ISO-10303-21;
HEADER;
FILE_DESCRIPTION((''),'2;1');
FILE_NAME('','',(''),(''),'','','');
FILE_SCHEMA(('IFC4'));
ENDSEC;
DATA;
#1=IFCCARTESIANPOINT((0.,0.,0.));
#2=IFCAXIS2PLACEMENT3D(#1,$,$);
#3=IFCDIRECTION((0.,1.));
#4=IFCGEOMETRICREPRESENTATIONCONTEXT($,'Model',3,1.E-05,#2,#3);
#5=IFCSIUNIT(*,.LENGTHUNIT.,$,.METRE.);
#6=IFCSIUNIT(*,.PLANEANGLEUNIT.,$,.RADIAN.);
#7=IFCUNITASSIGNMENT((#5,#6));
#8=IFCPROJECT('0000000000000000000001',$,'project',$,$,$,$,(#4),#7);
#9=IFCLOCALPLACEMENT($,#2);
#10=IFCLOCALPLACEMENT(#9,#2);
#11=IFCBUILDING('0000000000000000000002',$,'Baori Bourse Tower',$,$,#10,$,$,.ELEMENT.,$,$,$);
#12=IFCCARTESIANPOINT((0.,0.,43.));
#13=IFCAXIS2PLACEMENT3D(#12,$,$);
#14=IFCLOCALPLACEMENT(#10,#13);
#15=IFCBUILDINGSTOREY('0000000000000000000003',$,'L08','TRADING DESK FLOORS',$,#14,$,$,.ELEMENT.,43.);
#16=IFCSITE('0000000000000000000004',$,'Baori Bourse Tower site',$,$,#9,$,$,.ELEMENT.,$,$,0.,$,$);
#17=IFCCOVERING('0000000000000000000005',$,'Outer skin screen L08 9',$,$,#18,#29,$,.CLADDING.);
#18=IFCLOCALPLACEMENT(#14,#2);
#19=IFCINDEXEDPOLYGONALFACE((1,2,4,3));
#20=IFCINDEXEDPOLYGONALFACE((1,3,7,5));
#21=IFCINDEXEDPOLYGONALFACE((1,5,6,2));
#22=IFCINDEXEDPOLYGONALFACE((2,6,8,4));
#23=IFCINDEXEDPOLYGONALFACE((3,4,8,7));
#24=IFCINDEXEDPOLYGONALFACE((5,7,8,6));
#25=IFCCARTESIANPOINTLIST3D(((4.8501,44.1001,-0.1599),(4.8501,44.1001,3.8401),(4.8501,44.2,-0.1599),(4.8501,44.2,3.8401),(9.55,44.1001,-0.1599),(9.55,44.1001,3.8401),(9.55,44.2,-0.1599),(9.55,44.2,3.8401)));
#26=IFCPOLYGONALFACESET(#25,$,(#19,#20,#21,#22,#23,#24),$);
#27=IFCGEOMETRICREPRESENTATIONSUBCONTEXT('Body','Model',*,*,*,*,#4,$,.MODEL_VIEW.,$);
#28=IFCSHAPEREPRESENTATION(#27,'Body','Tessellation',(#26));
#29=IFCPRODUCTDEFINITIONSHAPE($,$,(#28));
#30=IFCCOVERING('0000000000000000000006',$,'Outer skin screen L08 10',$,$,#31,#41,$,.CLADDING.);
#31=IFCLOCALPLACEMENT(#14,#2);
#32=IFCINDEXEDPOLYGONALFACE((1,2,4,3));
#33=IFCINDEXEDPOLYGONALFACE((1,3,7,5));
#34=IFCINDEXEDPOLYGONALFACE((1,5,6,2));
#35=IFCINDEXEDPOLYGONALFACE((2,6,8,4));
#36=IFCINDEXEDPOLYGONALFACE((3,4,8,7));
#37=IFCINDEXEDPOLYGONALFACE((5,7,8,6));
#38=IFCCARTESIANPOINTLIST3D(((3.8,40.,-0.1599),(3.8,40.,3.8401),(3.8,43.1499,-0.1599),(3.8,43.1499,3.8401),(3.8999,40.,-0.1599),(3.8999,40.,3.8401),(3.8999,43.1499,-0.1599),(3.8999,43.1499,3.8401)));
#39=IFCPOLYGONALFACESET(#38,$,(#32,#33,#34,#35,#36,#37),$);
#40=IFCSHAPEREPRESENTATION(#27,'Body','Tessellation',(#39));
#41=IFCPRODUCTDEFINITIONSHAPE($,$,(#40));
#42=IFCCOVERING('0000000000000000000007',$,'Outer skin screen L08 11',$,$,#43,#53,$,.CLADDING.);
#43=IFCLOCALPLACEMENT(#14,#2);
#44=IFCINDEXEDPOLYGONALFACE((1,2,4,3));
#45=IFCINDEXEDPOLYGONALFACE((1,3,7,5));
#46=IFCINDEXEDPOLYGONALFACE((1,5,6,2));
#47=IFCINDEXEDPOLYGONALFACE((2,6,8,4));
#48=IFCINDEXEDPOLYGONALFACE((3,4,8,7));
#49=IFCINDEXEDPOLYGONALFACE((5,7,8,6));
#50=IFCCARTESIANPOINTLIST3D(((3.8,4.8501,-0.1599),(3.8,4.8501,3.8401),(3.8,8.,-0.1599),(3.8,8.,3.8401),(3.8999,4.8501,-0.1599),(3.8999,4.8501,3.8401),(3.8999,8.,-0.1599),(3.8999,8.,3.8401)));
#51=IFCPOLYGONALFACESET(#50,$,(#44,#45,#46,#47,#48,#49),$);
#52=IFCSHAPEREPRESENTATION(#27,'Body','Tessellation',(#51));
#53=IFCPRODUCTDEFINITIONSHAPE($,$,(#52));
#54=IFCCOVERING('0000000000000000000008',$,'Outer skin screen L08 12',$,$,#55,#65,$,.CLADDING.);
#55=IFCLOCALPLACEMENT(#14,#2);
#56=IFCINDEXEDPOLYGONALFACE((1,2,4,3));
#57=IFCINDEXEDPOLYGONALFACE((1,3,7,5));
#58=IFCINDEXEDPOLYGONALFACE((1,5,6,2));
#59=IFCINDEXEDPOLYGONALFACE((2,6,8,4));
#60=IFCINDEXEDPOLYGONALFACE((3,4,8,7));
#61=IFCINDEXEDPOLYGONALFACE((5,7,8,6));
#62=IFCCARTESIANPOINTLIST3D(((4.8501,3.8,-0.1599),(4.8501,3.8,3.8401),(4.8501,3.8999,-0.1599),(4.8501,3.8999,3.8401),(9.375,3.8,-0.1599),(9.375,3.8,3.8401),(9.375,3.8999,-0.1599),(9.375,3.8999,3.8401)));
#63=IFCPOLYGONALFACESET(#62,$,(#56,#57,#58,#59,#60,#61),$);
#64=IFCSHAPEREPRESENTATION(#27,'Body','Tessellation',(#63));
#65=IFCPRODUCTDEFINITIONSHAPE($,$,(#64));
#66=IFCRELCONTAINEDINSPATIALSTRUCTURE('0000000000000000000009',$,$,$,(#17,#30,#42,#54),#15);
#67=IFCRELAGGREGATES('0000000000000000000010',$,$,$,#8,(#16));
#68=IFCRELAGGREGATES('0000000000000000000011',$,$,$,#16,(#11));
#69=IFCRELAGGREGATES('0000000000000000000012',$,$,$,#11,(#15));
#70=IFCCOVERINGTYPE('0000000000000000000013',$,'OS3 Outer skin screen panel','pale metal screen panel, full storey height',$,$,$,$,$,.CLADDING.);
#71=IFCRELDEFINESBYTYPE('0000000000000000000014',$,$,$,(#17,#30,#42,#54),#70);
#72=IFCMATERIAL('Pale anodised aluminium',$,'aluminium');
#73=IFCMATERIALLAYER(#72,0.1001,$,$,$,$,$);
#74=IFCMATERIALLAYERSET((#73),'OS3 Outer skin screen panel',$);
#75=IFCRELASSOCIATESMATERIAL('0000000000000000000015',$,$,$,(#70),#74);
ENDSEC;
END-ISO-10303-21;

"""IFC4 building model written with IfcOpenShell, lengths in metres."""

from ifc_helpers import new_model, si_unit, direction, frame, origin, place, context, subcontext, project, spatial, polyline, outline, extrude, material, layer, layer_set, type_object, element, save


model = new_model("IFC4")

# Units and contexts
model_context = context("Model", 3, precision=1e-05, world=origin(), true_north=direction((0.0, 1.0)))
body_context = subcontext(model_context, "Body", "Model", "MODEL_VIEW")
ifc_project = project(units=[si_unit("LENGTHUNIT", "METRE"), si_unit("PLANEANGLEUNIT", "RADIAN")], contexts=[model_context])

# Site, building, storey
site_placement = place(None, origin())
site = spatial("IfcSite", under=ifc_project, at=site_placement, Name="Baori Bourse Tower site", CompositionType="ELEMENT", RefElevation=0.0)
building_placement = place(site_placement, origin())
building = spatial("IfcBuilding", under=site, at=building_placement, Name="Baori Bourse Tower", CompositionType="ELEMENT")
storey_placement = place(building_placement, frame((0.0, 0.0, 43.0)))
storey = spatial("IfcBuildingStorey", under=building, at=storey_placement, Name="L08", Description="TRADING DESK FLOORS", CompositionType="ELEMENT", Elevation=43.0)

# Coverings
ifc_material_1 = material(Name="Pale anodised aluminium", Category="aluminium")
ifc_layer_1 = layer(ifc_material_1, 0.1001)
ifc_layer_set_1 = layer_set([ifc_layer_1], Name="OS3 Outer skin screen panel")
covering_type = type_object("IfcCoveringType", Name="OS3 Outer skin screen panel", Description="pale metal screen panel, full storey height", PredefinedType="CLADDING", material=ifc_layer_set_1)
covering_1_placement = place(storey_placement, frame((0.0, 0.0, -0.1599)))
element("IfcCovering", 1, at=covering_1_placement, inside=storey, type_object=covering_type, Name="Outer skin screen L08 9", PredefinedType="CLADDING", context=body_context, shape_type="SweptSolid", body=[
    extrude(outline(polyline([(4.8501, 44.1001), (9.55, 44.1001), (9.55, 44.2), (4.8501, 44.2), (4.8501, 44.1001)])), origin(), (0.0, 0.0, 1.0), 4.0),
])
covering_2_placement = place(storey_placement, frame((0.0, 0.0, -0.1599)))
element("IfcCovering", 2, at=covering_2_placement, inside=storey, type_object=covering_type, Name="Outer skin screen L08 10", PredefinedType="CLADDING", context=body_context, shape_type="SweptSolid", body=[
    extrude(outline(polyline([(3.8999, 40.0), (3.8999, 43.1499), (3.8, 43.1499), (3.8, 40.0), (3.8999, 40.0), (3.8999, 40.0)])), origin(), (0.0, 0.0, 1.0), 4.0),
])
covering_3_placement = place(storey_placement, frame((0.0, 0.0, -0.1599)))
element("IfcCovering", 3, at=covering_3_placement, inside=storey, type_object=covering_type, Name="Outer skin screen L08 11", PredefinedType="CLADDING", context=body_context, shape_type="SweptSolid", body=[
    extrude(outline(polyline([(3.8999, 4.8501), (3.8999, 8.0), (3.8999, 8.0), (3.8, 8.0), (3.8, 4.8501), (3.8999, 4.8501)])), origin(), (0.0, 0.0, 1.0), 4.0),
])
covering_4_placement = place(storey_placement, frame((0.0, 0.0, -0.1599)))
element("IfcCovering", 4, at=covering_4_placement, inside=storey, type_object=covering_type, Name="Outer skin screen L08 12", PredefinedType="CLADDING", context=body_context, shape_type="SweptSolid", body=[
    extrude(outline(polyline([(9.375, 3.8999), (4.8501, 3.8999), (4.8501, 3.8), (9.375, 3.8), (9.375, 3.8999)])), origin(), (0.0, 0.0, 1.0), 4.0),
])

save(model, "model.ifc")
